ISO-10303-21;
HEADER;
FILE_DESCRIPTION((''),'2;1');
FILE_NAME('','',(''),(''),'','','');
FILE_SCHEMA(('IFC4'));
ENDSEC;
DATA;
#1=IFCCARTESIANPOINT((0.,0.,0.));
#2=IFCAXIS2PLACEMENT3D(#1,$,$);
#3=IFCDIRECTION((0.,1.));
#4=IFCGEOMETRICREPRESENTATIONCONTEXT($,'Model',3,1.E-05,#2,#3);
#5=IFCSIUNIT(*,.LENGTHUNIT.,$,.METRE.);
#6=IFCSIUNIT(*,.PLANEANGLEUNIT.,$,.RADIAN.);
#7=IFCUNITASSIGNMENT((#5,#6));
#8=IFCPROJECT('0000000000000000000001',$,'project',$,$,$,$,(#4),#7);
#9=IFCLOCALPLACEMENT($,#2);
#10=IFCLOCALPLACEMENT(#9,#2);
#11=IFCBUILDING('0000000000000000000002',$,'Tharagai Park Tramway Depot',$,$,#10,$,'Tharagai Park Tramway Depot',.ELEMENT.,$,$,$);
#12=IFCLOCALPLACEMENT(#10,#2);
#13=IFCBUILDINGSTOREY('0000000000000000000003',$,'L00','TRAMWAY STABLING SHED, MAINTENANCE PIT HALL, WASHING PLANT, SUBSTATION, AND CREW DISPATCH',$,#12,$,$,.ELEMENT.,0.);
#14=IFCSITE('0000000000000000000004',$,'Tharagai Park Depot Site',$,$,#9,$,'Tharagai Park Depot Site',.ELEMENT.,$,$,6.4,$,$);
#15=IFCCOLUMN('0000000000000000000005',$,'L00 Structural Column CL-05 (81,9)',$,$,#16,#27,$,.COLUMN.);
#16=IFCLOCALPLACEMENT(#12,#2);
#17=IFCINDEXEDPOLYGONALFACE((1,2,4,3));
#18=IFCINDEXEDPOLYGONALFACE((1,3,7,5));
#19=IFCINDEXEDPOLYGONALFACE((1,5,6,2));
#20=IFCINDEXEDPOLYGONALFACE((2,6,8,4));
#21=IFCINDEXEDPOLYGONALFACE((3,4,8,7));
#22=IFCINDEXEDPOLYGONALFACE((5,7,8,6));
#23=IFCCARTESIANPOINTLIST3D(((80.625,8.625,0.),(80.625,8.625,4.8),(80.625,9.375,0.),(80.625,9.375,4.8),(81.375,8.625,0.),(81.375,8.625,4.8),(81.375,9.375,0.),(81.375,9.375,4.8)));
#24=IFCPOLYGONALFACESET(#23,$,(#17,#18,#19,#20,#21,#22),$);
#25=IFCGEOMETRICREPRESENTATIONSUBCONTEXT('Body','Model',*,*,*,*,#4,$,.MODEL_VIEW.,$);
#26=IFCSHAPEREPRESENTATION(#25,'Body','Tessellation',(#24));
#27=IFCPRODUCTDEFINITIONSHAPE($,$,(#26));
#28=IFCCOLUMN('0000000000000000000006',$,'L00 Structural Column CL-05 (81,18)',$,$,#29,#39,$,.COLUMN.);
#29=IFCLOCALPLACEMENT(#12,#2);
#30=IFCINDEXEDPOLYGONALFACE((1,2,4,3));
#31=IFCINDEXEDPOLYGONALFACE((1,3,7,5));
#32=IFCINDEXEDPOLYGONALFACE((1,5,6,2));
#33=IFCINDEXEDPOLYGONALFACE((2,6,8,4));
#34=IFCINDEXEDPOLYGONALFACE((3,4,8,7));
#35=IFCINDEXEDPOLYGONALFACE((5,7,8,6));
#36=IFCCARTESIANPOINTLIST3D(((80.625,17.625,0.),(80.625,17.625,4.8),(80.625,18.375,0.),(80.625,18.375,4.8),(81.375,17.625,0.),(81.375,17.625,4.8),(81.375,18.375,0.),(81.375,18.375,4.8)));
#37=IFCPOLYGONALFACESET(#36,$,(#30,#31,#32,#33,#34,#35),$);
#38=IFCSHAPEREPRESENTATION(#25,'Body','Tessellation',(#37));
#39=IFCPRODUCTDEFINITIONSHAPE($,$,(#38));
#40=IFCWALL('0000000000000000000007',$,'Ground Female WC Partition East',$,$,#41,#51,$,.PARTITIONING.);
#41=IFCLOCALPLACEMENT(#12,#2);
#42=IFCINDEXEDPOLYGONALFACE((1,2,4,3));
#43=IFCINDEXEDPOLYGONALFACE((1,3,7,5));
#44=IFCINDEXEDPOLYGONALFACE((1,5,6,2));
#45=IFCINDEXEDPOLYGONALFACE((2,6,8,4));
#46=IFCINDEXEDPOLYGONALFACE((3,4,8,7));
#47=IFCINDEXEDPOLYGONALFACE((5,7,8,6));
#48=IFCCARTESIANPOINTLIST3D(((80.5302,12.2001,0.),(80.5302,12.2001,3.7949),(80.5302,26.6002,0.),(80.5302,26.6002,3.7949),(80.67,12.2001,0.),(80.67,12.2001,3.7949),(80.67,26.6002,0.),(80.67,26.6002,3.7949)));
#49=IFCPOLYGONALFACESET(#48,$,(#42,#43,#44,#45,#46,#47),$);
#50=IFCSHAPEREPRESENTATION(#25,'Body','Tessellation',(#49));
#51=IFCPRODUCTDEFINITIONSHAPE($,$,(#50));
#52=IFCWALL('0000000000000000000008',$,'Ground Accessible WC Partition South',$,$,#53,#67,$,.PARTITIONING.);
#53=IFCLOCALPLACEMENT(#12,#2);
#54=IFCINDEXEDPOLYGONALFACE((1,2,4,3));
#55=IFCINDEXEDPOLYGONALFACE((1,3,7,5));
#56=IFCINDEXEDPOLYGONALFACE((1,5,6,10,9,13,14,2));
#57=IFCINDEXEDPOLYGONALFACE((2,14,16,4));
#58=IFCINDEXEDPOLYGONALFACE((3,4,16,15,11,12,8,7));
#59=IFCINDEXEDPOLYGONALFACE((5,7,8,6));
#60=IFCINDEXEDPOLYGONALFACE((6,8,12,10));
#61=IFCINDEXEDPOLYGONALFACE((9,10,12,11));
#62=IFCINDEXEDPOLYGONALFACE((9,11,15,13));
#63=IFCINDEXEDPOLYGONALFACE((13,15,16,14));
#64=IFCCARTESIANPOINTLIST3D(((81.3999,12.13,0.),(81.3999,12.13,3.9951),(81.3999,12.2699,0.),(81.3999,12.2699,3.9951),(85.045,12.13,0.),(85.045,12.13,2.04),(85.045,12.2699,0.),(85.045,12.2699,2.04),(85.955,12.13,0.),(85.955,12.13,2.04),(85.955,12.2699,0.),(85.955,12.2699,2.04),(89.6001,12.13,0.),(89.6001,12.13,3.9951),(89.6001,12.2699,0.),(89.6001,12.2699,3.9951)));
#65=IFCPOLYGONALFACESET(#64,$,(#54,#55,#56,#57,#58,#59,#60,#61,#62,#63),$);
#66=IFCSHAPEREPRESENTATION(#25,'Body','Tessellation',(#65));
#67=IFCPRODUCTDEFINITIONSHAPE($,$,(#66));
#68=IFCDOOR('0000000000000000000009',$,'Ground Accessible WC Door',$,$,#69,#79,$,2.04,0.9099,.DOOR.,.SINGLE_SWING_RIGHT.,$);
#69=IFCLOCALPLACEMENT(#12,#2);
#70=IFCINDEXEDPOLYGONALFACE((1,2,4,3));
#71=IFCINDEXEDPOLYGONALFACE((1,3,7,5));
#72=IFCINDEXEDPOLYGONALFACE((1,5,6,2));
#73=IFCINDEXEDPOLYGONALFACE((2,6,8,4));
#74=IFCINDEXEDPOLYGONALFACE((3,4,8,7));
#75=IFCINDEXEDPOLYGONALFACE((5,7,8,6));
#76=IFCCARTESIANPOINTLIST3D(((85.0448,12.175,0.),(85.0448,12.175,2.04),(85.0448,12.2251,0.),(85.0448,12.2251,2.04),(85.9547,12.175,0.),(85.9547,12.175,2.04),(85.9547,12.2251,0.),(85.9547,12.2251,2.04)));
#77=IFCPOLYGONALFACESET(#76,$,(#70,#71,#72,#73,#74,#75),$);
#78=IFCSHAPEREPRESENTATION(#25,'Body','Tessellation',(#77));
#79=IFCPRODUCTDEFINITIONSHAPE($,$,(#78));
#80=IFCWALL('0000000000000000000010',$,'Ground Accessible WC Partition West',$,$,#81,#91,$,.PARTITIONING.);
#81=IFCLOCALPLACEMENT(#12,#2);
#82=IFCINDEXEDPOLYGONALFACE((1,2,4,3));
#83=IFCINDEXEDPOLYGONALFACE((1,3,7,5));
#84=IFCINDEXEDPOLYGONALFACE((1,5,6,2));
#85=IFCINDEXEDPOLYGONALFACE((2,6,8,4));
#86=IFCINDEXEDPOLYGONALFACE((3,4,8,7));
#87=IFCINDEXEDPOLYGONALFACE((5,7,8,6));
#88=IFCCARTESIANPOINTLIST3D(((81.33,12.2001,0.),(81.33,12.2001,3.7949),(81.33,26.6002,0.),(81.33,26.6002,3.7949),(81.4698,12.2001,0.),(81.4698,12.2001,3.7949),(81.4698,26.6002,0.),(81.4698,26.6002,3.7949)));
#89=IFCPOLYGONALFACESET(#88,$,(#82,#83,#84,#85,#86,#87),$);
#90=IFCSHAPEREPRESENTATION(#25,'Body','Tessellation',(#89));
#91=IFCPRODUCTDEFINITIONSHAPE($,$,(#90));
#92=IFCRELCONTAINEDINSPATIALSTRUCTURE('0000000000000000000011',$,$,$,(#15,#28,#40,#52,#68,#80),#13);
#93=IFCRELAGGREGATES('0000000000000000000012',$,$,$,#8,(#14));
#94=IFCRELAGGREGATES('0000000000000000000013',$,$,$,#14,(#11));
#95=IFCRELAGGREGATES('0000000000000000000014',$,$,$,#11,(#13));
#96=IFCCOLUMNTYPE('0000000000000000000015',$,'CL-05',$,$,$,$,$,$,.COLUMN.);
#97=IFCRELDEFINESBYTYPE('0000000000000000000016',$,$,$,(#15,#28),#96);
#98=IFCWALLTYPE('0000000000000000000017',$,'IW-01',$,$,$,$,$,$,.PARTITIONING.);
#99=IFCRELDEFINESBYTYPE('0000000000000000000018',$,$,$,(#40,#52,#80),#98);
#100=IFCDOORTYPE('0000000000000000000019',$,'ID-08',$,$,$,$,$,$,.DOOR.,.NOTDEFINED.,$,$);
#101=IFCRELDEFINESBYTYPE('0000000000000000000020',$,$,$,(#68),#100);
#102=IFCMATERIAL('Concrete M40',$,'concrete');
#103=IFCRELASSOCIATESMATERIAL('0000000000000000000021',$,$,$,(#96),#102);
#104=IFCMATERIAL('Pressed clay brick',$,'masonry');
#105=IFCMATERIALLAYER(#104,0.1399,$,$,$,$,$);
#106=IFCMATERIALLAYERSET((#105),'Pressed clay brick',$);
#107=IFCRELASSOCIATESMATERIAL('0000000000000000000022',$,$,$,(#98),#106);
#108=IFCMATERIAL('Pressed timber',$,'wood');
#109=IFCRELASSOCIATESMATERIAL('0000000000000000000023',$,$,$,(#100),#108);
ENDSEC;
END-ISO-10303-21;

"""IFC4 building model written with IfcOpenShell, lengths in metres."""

from ifc_helpers import new_model, si_unit, direction, frame, frame_2d, origin, origin_2d, place, context, subcontext, project, spatial, rectangle, extrude, material, layer, layer_set, material_profile, profile_set, type_object, element, fill, save


model = new_model("IFC4")

# Units and contexts
model_context = context("Model", 3, precision=1e-05, world=origin(), true_north=direction((0.0, 1.0)))
body_context = subcontext(model_context, "Body", "Model", "MODEL_VIEW")
ifc_project = project(units=[si_unit("LENGTHUNIT", "METRE"), si_unit("PLANEANGLEUNIT", "RADIAN")], contexts=[model_context])

# Site, building, storey
site_placement = place(None, origin())
site = spatial("IfcSite", under=ifc_project, at=site_placement, Name="Tharagai Park Depot Site", LongName="Tharagai Park Depot Site", CompositionType="ELEMENT", RefElevation=6.4)
building_placement = place(site_placement, origin())
building = spatial("IfcBuilding", under=site, at=building_placement, Name="Tharagai Park Tramway Depot", LongName="Tharagai Park Tramway Depot", CompositionType="ELEMENT")
storey_placement = place(building_placement, origin())
storey = spatial("IfcBuildingStorey", under=building, at=storey_placement, Name="L00", Description="TRAMWAY STABLING SHED, MAINTENANCE PIT HALL, WASHING PLANT, SUBSTATION, AND CREW DISPATCH", CompositionType="ELEMENT", Elevation=0.0)

# Shared definitions
ifc_material_1 = material(Name="Concrete M40", Category="concrete")

# Columns
ifc_material_profile_1 = material_profile(ifc_material_1, rectangle(XDim=0.75, YDim=0.75, at=origin_2d()), Name="RC 750x750")
ifc_profile_set_1 = profile_set([ifc_material_profile_1], Name="Concrete M40")
column_type = type_object("IfcColumnType", Name="CL-05", PredefinedType="COLUMN", material=ifc_profile_set_1)
for number, where, z_axis, x_axis, name in (
    (1, (81.0, 9.0, 0.0), (0.0, 0.0, 1.0), (1.0, 0.0, 0.0), "L00 Structural Column CL-05 (81,9)"),
    (2, (81.0, 18.0, 0.0), (0.0, 0.0, 1.0), (1.0, 0.0, 0.0), "L00 Structural Column CL-05 (81,18)"),
):
    element("IfcColumn", number, at=place(storey_placement, frame(where, z_axis=z_axis, x_axis=x_axis)), inside=storey, type_object=column_type, Name=name, PredefinedType="COLUMN", context=body_context, shape_type="SweptSolid", body=[
        extrude(rectangle(XDim=0.75, YDim=0.75, at=origin_2d()), origin(), (0.0, 0.0, 1.0), 4.8),
    ])

# Wall
ifc_material_2 = material(Name="Pressed clay brick", Category="masonry")
ifc_layer = layer(ifc_material_2, 0.1399)
ifc_layer_set = layer_set([ifc_layer], Name="Pressed clay brick")
wall_type = type_object("IfcWallType", Name="IW-01", PredefinedType="PARTITIONING", material=ifc_layer_set)
wall_1_placement = place(storey_placement, frame((80.6001, 12.2, 0.0), z_axis=(0.0, 0.0, 1.0), x_axis=(0.0, 1.0, 0.0)))
element("IfcWall", 3, at=wall_1_placement, inside=storey, type_object=wall_type, Name="Ground Female WC Partition East", PredefinedType="PARTITIONING", context=body_context, shape_type="SweptSolid", body=[
    extrude(rectangle(XDim=14.4001, YDim=0.1399, at=frame_2d((7.2002, 0.0))), origin(), (0.0, 0.0, 1.0), 3.7949),
])

# Wall, opening, door
wall_2_placement = place(storey_placement, frame((81.3999, 12.2, 0.0), z_axis=(0.0, 0.0, 1.0), x_axis=(1.0, 0.0, 0.0)))
wall_2 = element("IfcWall", 4, at=wall_2_placement, inside=storey, type_object=wall_type, Name="Ground Accessible WC Partition South", PredefinedType="PARTITIONING", context=body_context, shape_type="SweptSolid", body=[
    extrude(rectangle(XDim=8.2002, YDim=0.1399, at=frame_2d((4.1001, 0.0))), origin(), (0.0, 0.0, 1.0), 3.9951),
])
opening_placement = place(wall_2_placement, frame((3.645, 0.0, 0.0)))
opening = element("IfcOpeningElement", 5, at=opening_placement, cuts=wall_2, PredefinedType="OPENING", context=body_context, shape_type="SweptSolid", body=[
    extrude(rectangle(XDim=0.9099, YDim=2.04, at=frame_2d((0.4551, 1.02))), frame((0.0, 0.0798, 0.0), z_axis=(0.0, -1.0, 0.0), x_axis=(1.0, 0.0, 0.0)), (0.0, 0.0, 1.0), 0.1599),
])
ifc_material_3 = material(Name="Pressed timber", Category="wood")
door_type = type_object("IfcDoorType", Name="ID-08", OperationType="NOTDEFINED", PredefinedType="DOOR", material=ifc_material_3)
door_placement = place(opening_placement, frame((0.9099, 0.0, 0.0), z_axis=(0.0, 0.0, 1.0), x_axis=(-1.0, 0.0, 0.0)))
door = element("IfcDoor", 6, at=door_placement, inside=storey, type_object=door_type, Name="Ground Accessible WC Door", OperationType="SINGLE_SWING_RIGHT", OverallHeight=2.04, OverallWidth=0.9099, PredefinedType="DOOR", context=body_context, shape_type="SweptSolid", body=[
    extrude(rectangle(XDim=0.9099, YDim=2.04, at=frame_2d((0.4551, 1.02))), frame((0.0, 0.0249, 0.0), z_axis=(0.0, -1.0, 0.0), x_axis=(1.0, 0.0, 0.0)), (0.0, 0.0, 1.0), 0.05),
])
fill(opening, door)

# Wall
wall_3_placement = place(storey_placement, frame((81.3999, 12.2, 0.0), z_axis=(0.0, 0.0, 1.0), x_axis=(0.0, 1.0, 0.0)))
element("IfcWall", 7, at=wall_3_placement, inside=storey, type_object=wall_type, Name="Ground Accessible WC Partition West", PredefinedType="PARTITIONING", context=body_context, shape_type="SweptSolid", body=[
    extrude(rectangle(XDim=14.4001, YDim=0.1399, at=frame_2d((7.2002, 0.0))), origin(), (0.0, 0.0, 1.0), 3.7949),
])

save(model, "model.ifc")
